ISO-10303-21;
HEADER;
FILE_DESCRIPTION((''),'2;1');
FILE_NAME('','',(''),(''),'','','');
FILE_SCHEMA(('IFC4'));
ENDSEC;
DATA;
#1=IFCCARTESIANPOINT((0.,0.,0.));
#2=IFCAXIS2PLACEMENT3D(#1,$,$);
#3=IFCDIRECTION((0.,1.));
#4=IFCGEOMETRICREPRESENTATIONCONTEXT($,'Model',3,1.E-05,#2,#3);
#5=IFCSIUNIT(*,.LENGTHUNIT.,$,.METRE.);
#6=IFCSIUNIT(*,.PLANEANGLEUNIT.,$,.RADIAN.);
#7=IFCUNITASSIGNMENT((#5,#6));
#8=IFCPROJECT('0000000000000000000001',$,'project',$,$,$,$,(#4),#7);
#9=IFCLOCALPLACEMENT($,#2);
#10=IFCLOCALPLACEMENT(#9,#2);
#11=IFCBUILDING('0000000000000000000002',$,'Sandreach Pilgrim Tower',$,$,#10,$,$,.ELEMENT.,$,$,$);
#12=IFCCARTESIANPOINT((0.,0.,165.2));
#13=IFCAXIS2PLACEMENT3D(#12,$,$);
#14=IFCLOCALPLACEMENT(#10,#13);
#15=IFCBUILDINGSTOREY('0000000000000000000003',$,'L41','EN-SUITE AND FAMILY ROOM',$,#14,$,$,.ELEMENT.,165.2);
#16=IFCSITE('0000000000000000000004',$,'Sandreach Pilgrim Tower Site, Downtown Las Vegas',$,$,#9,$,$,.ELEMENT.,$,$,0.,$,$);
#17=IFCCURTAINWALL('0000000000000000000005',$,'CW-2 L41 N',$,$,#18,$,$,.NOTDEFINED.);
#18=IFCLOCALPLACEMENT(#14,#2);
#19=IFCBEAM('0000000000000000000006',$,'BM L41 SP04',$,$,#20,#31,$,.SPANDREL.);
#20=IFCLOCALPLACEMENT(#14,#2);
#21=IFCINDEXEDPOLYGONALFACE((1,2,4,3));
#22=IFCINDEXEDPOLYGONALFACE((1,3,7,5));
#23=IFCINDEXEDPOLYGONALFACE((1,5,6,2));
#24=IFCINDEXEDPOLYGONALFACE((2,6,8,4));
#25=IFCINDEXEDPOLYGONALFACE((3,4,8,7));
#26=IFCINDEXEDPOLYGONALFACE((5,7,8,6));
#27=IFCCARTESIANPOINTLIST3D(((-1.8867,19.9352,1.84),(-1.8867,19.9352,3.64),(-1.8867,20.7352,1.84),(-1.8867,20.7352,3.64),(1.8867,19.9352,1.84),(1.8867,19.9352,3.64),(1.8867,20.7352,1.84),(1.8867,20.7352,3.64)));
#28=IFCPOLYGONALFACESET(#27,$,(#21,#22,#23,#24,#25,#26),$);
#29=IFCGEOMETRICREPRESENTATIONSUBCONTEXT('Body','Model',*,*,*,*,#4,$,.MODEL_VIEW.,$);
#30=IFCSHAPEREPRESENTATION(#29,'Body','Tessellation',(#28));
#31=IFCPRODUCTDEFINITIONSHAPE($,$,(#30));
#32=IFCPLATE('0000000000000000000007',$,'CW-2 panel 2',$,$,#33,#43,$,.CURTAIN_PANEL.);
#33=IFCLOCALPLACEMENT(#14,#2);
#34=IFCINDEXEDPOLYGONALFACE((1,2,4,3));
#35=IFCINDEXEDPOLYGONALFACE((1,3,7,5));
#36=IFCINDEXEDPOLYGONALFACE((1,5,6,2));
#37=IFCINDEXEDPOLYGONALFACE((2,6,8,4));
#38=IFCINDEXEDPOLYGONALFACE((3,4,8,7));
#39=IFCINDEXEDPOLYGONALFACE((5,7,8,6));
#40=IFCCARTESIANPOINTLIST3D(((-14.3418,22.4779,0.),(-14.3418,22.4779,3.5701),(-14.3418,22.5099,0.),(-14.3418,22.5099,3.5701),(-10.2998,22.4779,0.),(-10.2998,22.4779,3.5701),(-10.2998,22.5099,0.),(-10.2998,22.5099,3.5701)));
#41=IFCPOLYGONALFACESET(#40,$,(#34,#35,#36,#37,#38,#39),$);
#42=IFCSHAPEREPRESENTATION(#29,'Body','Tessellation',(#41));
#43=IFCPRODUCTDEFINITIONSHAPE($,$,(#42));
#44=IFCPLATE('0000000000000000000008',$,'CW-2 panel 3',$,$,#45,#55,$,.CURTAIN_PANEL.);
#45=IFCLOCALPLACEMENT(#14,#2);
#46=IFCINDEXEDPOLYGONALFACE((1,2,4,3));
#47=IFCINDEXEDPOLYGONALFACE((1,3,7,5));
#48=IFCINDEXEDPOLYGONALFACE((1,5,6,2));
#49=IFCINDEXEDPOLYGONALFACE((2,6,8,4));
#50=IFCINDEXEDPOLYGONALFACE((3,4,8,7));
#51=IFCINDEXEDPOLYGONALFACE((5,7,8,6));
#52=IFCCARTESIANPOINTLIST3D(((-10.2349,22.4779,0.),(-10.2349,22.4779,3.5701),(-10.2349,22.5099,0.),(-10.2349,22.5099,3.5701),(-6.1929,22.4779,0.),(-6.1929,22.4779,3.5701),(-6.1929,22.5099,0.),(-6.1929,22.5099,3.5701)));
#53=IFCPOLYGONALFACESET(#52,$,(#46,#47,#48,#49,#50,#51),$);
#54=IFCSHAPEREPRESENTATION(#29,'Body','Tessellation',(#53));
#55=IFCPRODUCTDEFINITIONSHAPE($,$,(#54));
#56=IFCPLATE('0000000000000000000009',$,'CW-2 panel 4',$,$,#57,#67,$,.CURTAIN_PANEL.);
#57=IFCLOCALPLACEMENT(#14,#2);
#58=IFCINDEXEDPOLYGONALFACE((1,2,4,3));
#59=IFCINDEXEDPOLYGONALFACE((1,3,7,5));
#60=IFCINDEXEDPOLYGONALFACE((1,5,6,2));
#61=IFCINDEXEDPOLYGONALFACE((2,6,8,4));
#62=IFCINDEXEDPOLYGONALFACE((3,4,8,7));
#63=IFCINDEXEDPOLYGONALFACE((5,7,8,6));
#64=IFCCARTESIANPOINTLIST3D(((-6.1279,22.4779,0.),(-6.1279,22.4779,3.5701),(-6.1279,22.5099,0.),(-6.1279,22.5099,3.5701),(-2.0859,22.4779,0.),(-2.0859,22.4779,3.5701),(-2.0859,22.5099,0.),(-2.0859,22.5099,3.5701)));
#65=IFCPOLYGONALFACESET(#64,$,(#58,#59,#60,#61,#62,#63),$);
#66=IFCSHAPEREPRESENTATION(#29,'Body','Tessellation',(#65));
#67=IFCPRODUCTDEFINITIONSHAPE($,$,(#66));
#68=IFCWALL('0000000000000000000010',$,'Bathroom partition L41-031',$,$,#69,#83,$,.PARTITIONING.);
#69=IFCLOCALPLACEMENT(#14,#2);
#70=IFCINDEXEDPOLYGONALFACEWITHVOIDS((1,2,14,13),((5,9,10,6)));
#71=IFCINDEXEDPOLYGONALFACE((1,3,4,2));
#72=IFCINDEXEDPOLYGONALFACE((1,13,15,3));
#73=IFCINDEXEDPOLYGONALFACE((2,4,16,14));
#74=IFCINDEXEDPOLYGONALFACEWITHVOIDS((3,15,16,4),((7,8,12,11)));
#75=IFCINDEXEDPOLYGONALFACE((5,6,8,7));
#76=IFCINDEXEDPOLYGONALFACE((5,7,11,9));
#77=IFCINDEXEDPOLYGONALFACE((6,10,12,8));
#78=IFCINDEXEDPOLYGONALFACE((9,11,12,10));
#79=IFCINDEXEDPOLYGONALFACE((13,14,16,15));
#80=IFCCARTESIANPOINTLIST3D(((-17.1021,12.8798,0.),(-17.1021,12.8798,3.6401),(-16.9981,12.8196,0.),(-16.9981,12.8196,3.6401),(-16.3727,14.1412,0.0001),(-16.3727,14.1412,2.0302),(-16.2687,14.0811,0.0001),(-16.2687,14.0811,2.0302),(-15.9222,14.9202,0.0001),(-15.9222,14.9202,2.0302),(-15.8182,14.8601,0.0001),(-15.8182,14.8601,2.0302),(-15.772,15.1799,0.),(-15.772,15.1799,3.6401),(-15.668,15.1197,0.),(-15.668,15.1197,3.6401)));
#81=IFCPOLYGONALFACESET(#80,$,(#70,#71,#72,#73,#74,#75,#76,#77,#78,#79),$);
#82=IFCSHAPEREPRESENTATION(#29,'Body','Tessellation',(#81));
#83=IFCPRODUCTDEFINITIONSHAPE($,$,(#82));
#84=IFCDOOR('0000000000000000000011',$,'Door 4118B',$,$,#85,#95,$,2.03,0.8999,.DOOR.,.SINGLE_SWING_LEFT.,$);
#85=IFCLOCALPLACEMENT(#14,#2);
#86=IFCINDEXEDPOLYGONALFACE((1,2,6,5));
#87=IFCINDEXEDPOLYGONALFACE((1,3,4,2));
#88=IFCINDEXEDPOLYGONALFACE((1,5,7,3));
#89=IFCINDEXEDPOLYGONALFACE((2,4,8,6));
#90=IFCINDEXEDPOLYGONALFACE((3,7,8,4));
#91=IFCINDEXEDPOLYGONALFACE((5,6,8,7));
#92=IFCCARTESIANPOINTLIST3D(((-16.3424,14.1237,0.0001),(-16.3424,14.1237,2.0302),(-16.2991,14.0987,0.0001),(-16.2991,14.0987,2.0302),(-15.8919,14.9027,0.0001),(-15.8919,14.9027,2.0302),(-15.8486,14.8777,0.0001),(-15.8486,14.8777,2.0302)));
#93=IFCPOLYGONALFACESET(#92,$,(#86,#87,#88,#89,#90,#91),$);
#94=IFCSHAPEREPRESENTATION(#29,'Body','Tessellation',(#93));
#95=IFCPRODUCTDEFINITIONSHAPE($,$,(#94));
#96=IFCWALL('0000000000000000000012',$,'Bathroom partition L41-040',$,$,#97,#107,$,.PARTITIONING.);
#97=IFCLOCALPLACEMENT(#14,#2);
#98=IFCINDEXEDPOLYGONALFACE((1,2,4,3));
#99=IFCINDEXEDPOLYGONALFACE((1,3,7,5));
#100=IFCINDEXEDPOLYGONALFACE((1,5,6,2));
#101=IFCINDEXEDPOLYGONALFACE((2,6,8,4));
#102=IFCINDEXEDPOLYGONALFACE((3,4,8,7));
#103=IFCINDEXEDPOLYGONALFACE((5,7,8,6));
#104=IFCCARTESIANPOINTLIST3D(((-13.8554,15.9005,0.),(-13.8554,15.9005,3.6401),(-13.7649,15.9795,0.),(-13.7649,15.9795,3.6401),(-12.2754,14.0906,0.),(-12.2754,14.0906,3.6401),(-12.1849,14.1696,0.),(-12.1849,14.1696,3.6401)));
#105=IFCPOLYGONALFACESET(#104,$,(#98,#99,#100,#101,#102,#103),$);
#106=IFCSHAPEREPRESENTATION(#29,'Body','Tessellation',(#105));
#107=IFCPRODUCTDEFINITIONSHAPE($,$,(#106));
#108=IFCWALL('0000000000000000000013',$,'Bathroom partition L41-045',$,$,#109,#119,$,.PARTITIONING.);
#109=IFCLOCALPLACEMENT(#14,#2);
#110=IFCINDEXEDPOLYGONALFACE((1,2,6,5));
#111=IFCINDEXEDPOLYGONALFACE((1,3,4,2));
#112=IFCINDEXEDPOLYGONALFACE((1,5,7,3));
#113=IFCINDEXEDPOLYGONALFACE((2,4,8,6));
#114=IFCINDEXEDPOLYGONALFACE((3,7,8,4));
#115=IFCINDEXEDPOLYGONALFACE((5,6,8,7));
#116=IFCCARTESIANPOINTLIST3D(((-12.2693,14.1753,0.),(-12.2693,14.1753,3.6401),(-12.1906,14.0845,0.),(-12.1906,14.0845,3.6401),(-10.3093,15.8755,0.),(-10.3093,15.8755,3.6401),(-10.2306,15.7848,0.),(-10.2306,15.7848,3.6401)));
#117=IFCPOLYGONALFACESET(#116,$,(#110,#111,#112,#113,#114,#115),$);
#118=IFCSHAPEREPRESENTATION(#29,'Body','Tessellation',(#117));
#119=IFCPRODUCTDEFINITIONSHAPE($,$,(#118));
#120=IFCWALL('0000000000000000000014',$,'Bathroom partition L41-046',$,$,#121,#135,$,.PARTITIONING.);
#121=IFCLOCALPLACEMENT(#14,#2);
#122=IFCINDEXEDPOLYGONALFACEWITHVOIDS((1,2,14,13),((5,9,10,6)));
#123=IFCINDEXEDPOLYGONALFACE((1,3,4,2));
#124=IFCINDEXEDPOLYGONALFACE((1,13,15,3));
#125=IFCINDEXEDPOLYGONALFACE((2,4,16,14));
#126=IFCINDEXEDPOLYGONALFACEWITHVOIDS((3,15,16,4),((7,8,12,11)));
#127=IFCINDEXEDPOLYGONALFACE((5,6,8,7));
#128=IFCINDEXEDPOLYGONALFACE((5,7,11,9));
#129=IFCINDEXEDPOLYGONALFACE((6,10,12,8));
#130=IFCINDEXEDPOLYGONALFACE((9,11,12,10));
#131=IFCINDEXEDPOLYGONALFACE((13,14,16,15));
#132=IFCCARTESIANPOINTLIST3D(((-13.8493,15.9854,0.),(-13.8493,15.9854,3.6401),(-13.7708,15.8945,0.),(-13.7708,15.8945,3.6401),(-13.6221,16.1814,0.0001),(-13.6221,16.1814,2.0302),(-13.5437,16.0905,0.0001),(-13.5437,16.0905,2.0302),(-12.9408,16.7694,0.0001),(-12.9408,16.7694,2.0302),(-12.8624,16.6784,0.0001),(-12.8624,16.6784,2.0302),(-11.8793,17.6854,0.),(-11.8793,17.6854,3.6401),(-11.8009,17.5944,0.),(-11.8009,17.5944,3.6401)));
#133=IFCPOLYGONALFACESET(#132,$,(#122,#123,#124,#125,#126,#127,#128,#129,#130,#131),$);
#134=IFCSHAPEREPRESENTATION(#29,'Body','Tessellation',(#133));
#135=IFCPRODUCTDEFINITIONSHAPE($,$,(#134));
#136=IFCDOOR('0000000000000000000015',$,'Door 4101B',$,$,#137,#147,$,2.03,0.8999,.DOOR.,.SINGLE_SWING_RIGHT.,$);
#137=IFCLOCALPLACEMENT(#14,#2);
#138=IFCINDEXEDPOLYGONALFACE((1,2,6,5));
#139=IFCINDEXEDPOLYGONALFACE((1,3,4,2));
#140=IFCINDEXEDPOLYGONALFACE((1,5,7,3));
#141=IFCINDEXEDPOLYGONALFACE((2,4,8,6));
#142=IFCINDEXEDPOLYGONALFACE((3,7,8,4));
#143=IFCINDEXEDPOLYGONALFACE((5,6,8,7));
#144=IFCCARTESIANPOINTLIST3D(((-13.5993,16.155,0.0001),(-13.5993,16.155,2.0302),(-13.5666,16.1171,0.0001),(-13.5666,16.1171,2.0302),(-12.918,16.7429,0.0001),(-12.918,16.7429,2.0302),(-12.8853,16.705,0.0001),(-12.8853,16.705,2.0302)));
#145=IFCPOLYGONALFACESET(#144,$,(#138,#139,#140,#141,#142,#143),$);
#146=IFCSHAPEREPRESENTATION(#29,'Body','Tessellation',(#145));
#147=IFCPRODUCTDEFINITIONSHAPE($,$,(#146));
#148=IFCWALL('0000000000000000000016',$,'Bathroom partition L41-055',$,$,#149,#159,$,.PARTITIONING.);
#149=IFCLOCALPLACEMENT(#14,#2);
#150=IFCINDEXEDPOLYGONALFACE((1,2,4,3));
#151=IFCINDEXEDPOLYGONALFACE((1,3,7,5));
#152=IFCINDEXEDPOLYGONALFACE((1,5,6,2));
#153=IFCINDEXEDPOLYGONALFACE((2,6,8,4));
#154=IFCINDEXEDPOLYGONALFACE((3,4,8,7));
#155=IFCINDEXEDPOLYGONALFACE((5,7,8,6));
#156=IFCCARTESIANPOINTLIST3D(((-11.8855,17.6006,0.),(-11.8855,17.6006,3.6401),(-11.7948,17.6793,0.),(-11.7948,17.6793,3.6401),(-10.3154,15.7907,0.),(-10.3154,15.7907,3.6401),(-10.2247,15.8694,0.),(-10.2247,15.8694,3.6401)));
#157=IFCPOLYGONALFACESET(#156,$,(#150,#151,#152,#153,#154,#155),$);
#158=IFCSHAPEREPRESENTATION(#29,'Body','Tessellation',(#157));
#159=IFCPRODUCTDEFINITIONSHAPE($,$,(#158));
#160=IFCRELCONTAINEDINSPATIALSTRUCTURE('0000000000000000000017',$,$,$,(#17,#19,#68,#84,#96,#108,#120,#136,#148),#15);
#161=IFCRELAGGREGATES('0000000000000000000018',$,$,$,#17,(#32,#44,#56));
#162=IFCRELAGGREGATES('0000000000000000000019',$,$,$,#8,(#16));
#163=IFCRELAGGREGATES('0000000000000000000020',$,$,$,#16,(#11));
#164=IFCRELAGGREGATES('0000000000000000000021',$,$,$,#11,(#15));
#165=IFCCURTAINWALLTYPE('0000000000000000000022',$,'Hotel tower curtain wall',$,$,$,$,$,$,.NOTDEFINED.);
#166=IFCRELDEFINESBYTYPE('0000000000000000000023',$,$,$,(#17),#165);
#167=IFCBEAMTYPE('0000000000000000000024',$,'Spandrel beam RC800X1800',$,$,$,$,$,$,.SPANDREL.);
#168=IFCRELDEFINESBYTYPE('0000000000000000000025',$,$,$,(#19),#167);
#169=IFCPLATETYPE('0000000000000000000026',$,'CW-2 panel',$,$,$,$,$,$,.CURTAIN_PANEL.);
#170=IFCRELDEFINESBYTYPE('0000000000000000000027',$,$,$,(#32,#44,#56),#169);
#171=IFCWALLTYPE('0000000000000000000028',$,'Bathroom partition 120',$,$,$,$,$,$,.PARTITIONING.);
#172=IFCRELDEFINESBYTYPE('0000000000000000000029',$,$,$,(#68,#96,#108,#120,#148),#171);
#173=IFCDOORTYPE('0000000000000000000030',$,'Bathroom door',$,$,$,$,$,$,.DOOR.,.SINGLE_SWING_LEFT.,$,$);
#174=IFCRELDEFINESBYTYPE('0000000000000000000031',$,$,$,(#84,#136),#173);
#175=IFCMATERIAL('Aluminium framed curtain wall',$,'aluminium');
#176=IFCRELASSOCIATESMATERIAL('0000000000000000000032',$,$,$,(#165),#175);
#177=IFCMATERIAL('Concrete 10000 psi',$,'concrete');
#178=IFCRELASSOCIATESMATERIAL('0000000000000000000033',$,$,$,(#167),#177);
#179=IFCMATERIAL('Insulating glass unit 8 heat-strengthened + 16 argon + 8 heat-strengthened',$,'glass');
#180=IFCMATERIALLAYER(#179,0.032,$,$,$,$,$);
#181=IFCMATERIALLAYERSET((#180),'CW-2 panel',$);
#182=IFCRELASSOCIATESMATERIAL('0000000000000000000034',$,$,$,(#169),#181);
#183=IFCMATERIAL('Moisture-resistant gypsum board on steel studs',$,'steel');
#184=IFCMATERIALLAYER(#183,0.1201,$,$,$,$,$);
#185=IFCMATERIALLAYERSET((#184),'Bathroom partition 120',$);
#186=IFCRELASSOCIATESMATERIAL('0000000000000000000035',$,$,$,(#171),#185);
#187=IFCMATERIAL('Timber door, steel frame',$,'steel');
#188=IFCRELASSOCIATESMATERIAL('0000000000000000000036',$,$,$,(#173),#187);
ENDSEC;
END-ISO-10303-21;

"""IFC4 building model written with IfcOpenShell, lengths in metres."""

from ifc_helpers import new_model, si_unit, direction, frame, frame_2d, origin, origin_2d, place, context, subcontext, project, spatial, rectangle, extrude, material, layer, layer_set, material_profile, profile_set, type_object, element, fill, aggregate, save


model = new_model("IFC4")

# Units and contexts
model_context = context("Model", 3, precision=1e-05, world=origin(), true_north=direction((0.0, 1.0)))
body_context = subcontext(model_context, "Body", "Model", "MODEL_VIEW")
ifc_project = project(units=[si_unit("LENGTHUNIT", "METRE"), si_unit("PLANEANGLEUNIT", "RADIAN")], contexts=[model_context])

# Site, building, storey
site_placement = place(None, origin())
site = spatial("IfcSite", under=ifc_project, at=site_placement, Name="Sandreach Pilgrim Tower Site, Downtown Las Vegas", CompositionType="ELEMENT", RefElevation=0.0)
building_placement = place(site_placement, origin())
building = spatial("IfcBuilding", under=site, at=building_placement, Name="Sandreach Pilgrim Tower", CompositionType="ELEMENT")
storey_placement = place(building_placement, frame((0.0, 0.0, 165.2)))
storey = spatial("IfcBuildingStorey", under=building, at=storey_placement, Name="L41", Description="EN-SUITE AND FAMILY ROOM", CompositionType="ELEMENT", Elevation=165.2)

# Curtain wall
ifc_material_1 = material(Name="Aluminium framed curtain wall", Category="aluminium")
curtain_wall_type = type_object("IfcCurtainWallType", Name="Hotel tower curtain wall", PredefinedType="NOTDEFINED", material=ifc_material_1)
curtain_wall_placement = place(storey_placement, origin())
curtain_wall = element("IfcCurtainWall", 1, at=curtain_wall_placement, inside=storey, type_object=curtain_wall_type, Name="CW-2 L41 N", PredefinedType="NOTDEFINED")

# Beam
ifc_material_2 = material(Name="Concrete 10000 psi", Category="concrete")
ifc_material_profile_1 = material_profile(ifc_material_2, rectangle(XDim=0.8, YDim=1.8, at=origin_2d()), Name="RC800X1800")
ifc_profile_set_1 = profile_set([ifc_material_profile_1], Name="Concrete 10000 psi")
beam_type_1 = type_object("IfcBeamType", Name="Spandrel beam RC800X1800", PredefinedType="SPANDREL", material=ifc_profile_set_1)
beam_1_placement = place(storey_placement, frame((-1.8867, 20.3352, 2.74), z_axis=(1.0, 0.0, 0.0), x_axis=(0.0, 1.0, 0.0)))
element("IfcBeam", 2, at=beam_1_placement, inside=storey, type_object=beam_type_1, Name="BM L41 SP04", PredefinedType="SPANDREL", context=body_context, shape_type="SweptSolid", body=[
    extrude(rectangle(XDim=0.8, YDim=1.8, at=origin_2d()), origin(), (0.0, 0.0, 1.0), 3.7734),
])

# Plates
ifc_material_3 = material(Name="Insulating glass unit 8 heat-strengthened + 16 argon + 8 heat-strengthened", Category="glass")
ifc_layer_1 = layer(ifc_material_3, 0.032)
ifc_layer_set_1 = layer_set([ifc_layer_1], Name="CW-2 panel")
plate_type = type_object("IfcPlateType", Name="CW-2 panel", PredefinedType="CURTAIN_PANEL", material=ifc_layer_set_1)
plate_1_placement = place(storey_placement, frame((-12.3208, 22.4939, 0.0), z_axis=(0.0, 0.0, 1.0), x_axis=(1.0, 0.0, 0.0)))
plate_1 = element("IfcPlate", 3, at=plate_1_placement, type_object=plate_type, Name="CW-2 panel 2", PredefinedType="CURTAIN_PANEL", context=body_context, shape_type="SweptSolid", body=[
    extrude(rectangle(XDim=4.042, YDim=0.032, at=origin_2d()), origin(), (0.0, 0.0, 1.0), 3.5701),
])
plate_2_placement = place(storey_placement, frame((-8.2139, 22.4939, 0.0), z_axis=(0.0, 0.0, 1.0), x_axis=(1.0, 0.0, 0.0)))
plate_2 = element("IfcPlate", 4, at=plate_2_placement, type_object=plate_type, Name="CW-2 panel 3", PredefinedType="CURTAIN_PANEL", context=body_context, shape_type="SweptSolid", body=[
    extrude(rectangle(XDim=4.042, YDim=0.032, at=origin_2d()), origin(), (0.0, 0.0, 1.0), 3.5701),
])
plate_3_placement = place(storey_placement, frame((-4.1069, 22.4939, 0.0), z_axis=(0.0, 0.0, 1.0), x_axis=(1.0, 0.0, 0.0)))
plate_3 = element("IfcPlate", 5, at=plate_3_placement, type_object=plate_type, Name="CW-2 panel 4", PredefinedType="CURTAIN_PANEL", context=body_context, shape_type="SweptSolid", body=[
    extrude(rectangle(XDim=4.042, YDim=0.032, at=origin_2d()), origin(), (0.0, 0.0, 1.0), 3.5701),
])
aggregate(curtain_wall, [plate_1, plate_2, plate_3])

# Wall, opening, door
ifc_material_4 = material(Name="Moisture-resistant gypsum board on steel studs", Category="steel")
ifc_layer_2 = layer(ifc_material_4, 0.1201)
ifc_layer_set_2 = layer_set([ifc_layer_2], Name="Bathroom partition 120")
wall_type_1 = type_object("IfcWallType", Name="Bathroom partition 120", PredefinedType="PARTITIONING", material=ifc_layer_set_2)
wall_1_placement = place(storey_placement, frame((-15.72, 15.1499, 0.0), z_axis=(0.0, 0.0, 1.0), x_axis=(-0.500605, -0.865676, 0.0)))
wall_1 = element("IfcWall", 6, at=wall_1_placement, inside=storey, type_object=wall_type_1, Name="Bathroom partition L41-031", PredefinedType="PARTITIONING", context=body_context, shape_type="SweptSolid", body=[
    extrude(rectangle(XDim=2.657, YDim=0.1201, at=frame_2d((1.3286, 0.0))), origin(), (0.0, 0.0, 1.0), 3.6401),
])
opening_1_placement = place(wall_1_placement, frame((0.3, 0.0, 0.0)))
opening_1 = element("IfcOpeningElement", 7, at=opening_1_placement, cuts=wall_1, PredefinedType="OPENING", context=body_context, shape_type="SweptSolid", body=[
    extrude(rectangle(XDim=0.8999, YDim=2.03, at=frame_2d((0.45, 1.0151))), frame((0.0, 0.0601, 0.0), z_axis=(0.0, -1.0, 0.0), x_axis=(1.0, 0.0, 0.0)), (0.0, 0.0, 1.0), 0.1201),
])
ifc_material_5 = material(Name="Timber door, steel frame", Category="steel")
door_type = type_object("IfcDoorType", Name="Bathroom door", OperationType="SINGLE_SWING_LEFT", PredefinedType="DOOR", material=ifc_material_5)
door_1_placement = place(opening_1_placement, origin())
door_1 = element("IfcDoor", 8, at=door_1_placement, inside=storey, type_object=door_type, Name="Door 4118B", OperationType="SINGLE_SWING_LEFT", OverallHeight=2.03, OverallWidth=0.8999, PredefinedType="DOOR", context=body_context, shape_type="SweptSolid", body=[
    extrude(rectangle(XDim=0.8999, YDim=2.03, at=frame_2d((0.45, 1.0151))), frame((0.0, 0.0249, 0.0), z_axis=(0.0, -1.0, 0.0), x_axis=(1.0, 0.0, 0.0)), (0.0, 0.0, 1.0), 0.05),
])
fill(opening_1, door_1)

# Walls
wall_2_placement = place(storey_placement, frame((-13.8101, 15.9399, 0.0), z_axis=(0.0, 0.0, 1.0), x_axis=(0.657627, -0.753344, 0.0)))
element("IfcWall", 9, at=wall_2_placement, inside=storey, type_object=wall_type_1, Name="Bathroom partition L41-040", PredefinedType="PARTITIONING", context=body_context, shape_type="SweptSolid", body=[
    extrude(rectangle(XDim=2.4026, YDim=0.1201, at=frame_2d((1.2012, 0.0))), origin(), (0.0, 0.0, 1.0), 3.6401),
])
wall_3_placement = place(storey_placement, frame((-12.23, 14.1299, 0.0), z_axis=(0.0, 0.0, 1.0), x_axis=(0.755391, 0.655274, 0.0)))
element("IfcWall", 10, at=wall_3_placement, inside=storey, type_object=wall_type_1, Name="Bathroom partition L41-045", PredefinedType="PARTITIONING", context=body_context, shape_type="SweptSolid", body=[
    extrude(rectangle(XDim=2.5947, YDim=0.1201, at=frame_2d((1.2974, 0.0))), origin(), (0.0, 0.0, 1.0), 3.6401),
])

# Wall, opening, door
wall_4_placement = place(storey_placement, frame((-11.8401, 17.6399, 0.0), z_axis=(0.0, 0.0, 1.0), x_axis=(-0.757087, -0.653314, 0.0)))
wall_4 = element("IfcWall", 11, at=wall_4_placement, inside=storey, type_object=wall_type_1, Name="Bathroom partition L41-046", PredefinedType="PARTITIONING", context=body_context, shape_type="SweptSolid", body=[
    extrude(rectangle(XDim=2.6021, YDim=0.1201, at=frame_2d((1.301, 0.0))), origin(), (0.0, 0.0, 1.0), 3.6401),
])
opening_2_placement = place(wall_4_placement, frame((1.4021, 0.0, 0.0)))
opening_2 = element("IfcOpeningElement", 12, at=opening_2_placement, cuts=wall_4, PredefinedType="OPENING", context=body_context, shape_type="SweptSolid", body=[
    extrude(rectangle(XDim=0.8999, YDim=2.03, at=frame_2d((0.45, 1.0151))), frame((0.0, 0.0601, 0.0), z_axis=(0.0, -1.0, 0.0), x_axis=(1.0, 0.0, 0.0)), (0.0, 0.0, 1.0), 0.1201),
])
door_2_placement = place(opening_2_placement, origin())
door_2 = element("IfcDoor", 13, at=door_2_placement, inside=storey, type_object=door_type, Name="Door 4101B", OperationType="SINGLE_SWING_RIGHT", OverallHeight=2.03, OverallWidth=0.8999, PredefinedType="DOOR", context=body_context, shape_type="SweptSolid", body=[
    extrude(rectangle(XDim=0.8999, YDim=2.03, at=frame_2d((0.45, 1.0151))), frame((0.0, 0.0249, 0.0), z_axis=(0.0, -1.0, 0.0), x_axis=(1.0, 0.0, 0.0)), (0.0, 0.0, 1.0), 0.05),
])
fill(opening_2, door_2)

# Wall
wall_5_placement = place(storey_placement, frame((-10.27, 15.8301, 0.0), z_axis=(0.0, 0.0, 1.0), x_axis=(-0.655303, 0.755366, 0.0)))
element("IfcWall", 14, at=wall_5_placement, inside=storey, type_object=wall_type_1, Name="Bathroom partition L41-055", PredefinedType="PARTITIONING", context=body_context, shape_type="SweptSolid", body=[
    extrude(rectangle(XDim=2.396, YDim=0.1201, at=frame_2d((1.198, 0.0))), origin(), (0.0, 0.0, 1.0), 3.6401),
])

save(model, "model.ifc")
